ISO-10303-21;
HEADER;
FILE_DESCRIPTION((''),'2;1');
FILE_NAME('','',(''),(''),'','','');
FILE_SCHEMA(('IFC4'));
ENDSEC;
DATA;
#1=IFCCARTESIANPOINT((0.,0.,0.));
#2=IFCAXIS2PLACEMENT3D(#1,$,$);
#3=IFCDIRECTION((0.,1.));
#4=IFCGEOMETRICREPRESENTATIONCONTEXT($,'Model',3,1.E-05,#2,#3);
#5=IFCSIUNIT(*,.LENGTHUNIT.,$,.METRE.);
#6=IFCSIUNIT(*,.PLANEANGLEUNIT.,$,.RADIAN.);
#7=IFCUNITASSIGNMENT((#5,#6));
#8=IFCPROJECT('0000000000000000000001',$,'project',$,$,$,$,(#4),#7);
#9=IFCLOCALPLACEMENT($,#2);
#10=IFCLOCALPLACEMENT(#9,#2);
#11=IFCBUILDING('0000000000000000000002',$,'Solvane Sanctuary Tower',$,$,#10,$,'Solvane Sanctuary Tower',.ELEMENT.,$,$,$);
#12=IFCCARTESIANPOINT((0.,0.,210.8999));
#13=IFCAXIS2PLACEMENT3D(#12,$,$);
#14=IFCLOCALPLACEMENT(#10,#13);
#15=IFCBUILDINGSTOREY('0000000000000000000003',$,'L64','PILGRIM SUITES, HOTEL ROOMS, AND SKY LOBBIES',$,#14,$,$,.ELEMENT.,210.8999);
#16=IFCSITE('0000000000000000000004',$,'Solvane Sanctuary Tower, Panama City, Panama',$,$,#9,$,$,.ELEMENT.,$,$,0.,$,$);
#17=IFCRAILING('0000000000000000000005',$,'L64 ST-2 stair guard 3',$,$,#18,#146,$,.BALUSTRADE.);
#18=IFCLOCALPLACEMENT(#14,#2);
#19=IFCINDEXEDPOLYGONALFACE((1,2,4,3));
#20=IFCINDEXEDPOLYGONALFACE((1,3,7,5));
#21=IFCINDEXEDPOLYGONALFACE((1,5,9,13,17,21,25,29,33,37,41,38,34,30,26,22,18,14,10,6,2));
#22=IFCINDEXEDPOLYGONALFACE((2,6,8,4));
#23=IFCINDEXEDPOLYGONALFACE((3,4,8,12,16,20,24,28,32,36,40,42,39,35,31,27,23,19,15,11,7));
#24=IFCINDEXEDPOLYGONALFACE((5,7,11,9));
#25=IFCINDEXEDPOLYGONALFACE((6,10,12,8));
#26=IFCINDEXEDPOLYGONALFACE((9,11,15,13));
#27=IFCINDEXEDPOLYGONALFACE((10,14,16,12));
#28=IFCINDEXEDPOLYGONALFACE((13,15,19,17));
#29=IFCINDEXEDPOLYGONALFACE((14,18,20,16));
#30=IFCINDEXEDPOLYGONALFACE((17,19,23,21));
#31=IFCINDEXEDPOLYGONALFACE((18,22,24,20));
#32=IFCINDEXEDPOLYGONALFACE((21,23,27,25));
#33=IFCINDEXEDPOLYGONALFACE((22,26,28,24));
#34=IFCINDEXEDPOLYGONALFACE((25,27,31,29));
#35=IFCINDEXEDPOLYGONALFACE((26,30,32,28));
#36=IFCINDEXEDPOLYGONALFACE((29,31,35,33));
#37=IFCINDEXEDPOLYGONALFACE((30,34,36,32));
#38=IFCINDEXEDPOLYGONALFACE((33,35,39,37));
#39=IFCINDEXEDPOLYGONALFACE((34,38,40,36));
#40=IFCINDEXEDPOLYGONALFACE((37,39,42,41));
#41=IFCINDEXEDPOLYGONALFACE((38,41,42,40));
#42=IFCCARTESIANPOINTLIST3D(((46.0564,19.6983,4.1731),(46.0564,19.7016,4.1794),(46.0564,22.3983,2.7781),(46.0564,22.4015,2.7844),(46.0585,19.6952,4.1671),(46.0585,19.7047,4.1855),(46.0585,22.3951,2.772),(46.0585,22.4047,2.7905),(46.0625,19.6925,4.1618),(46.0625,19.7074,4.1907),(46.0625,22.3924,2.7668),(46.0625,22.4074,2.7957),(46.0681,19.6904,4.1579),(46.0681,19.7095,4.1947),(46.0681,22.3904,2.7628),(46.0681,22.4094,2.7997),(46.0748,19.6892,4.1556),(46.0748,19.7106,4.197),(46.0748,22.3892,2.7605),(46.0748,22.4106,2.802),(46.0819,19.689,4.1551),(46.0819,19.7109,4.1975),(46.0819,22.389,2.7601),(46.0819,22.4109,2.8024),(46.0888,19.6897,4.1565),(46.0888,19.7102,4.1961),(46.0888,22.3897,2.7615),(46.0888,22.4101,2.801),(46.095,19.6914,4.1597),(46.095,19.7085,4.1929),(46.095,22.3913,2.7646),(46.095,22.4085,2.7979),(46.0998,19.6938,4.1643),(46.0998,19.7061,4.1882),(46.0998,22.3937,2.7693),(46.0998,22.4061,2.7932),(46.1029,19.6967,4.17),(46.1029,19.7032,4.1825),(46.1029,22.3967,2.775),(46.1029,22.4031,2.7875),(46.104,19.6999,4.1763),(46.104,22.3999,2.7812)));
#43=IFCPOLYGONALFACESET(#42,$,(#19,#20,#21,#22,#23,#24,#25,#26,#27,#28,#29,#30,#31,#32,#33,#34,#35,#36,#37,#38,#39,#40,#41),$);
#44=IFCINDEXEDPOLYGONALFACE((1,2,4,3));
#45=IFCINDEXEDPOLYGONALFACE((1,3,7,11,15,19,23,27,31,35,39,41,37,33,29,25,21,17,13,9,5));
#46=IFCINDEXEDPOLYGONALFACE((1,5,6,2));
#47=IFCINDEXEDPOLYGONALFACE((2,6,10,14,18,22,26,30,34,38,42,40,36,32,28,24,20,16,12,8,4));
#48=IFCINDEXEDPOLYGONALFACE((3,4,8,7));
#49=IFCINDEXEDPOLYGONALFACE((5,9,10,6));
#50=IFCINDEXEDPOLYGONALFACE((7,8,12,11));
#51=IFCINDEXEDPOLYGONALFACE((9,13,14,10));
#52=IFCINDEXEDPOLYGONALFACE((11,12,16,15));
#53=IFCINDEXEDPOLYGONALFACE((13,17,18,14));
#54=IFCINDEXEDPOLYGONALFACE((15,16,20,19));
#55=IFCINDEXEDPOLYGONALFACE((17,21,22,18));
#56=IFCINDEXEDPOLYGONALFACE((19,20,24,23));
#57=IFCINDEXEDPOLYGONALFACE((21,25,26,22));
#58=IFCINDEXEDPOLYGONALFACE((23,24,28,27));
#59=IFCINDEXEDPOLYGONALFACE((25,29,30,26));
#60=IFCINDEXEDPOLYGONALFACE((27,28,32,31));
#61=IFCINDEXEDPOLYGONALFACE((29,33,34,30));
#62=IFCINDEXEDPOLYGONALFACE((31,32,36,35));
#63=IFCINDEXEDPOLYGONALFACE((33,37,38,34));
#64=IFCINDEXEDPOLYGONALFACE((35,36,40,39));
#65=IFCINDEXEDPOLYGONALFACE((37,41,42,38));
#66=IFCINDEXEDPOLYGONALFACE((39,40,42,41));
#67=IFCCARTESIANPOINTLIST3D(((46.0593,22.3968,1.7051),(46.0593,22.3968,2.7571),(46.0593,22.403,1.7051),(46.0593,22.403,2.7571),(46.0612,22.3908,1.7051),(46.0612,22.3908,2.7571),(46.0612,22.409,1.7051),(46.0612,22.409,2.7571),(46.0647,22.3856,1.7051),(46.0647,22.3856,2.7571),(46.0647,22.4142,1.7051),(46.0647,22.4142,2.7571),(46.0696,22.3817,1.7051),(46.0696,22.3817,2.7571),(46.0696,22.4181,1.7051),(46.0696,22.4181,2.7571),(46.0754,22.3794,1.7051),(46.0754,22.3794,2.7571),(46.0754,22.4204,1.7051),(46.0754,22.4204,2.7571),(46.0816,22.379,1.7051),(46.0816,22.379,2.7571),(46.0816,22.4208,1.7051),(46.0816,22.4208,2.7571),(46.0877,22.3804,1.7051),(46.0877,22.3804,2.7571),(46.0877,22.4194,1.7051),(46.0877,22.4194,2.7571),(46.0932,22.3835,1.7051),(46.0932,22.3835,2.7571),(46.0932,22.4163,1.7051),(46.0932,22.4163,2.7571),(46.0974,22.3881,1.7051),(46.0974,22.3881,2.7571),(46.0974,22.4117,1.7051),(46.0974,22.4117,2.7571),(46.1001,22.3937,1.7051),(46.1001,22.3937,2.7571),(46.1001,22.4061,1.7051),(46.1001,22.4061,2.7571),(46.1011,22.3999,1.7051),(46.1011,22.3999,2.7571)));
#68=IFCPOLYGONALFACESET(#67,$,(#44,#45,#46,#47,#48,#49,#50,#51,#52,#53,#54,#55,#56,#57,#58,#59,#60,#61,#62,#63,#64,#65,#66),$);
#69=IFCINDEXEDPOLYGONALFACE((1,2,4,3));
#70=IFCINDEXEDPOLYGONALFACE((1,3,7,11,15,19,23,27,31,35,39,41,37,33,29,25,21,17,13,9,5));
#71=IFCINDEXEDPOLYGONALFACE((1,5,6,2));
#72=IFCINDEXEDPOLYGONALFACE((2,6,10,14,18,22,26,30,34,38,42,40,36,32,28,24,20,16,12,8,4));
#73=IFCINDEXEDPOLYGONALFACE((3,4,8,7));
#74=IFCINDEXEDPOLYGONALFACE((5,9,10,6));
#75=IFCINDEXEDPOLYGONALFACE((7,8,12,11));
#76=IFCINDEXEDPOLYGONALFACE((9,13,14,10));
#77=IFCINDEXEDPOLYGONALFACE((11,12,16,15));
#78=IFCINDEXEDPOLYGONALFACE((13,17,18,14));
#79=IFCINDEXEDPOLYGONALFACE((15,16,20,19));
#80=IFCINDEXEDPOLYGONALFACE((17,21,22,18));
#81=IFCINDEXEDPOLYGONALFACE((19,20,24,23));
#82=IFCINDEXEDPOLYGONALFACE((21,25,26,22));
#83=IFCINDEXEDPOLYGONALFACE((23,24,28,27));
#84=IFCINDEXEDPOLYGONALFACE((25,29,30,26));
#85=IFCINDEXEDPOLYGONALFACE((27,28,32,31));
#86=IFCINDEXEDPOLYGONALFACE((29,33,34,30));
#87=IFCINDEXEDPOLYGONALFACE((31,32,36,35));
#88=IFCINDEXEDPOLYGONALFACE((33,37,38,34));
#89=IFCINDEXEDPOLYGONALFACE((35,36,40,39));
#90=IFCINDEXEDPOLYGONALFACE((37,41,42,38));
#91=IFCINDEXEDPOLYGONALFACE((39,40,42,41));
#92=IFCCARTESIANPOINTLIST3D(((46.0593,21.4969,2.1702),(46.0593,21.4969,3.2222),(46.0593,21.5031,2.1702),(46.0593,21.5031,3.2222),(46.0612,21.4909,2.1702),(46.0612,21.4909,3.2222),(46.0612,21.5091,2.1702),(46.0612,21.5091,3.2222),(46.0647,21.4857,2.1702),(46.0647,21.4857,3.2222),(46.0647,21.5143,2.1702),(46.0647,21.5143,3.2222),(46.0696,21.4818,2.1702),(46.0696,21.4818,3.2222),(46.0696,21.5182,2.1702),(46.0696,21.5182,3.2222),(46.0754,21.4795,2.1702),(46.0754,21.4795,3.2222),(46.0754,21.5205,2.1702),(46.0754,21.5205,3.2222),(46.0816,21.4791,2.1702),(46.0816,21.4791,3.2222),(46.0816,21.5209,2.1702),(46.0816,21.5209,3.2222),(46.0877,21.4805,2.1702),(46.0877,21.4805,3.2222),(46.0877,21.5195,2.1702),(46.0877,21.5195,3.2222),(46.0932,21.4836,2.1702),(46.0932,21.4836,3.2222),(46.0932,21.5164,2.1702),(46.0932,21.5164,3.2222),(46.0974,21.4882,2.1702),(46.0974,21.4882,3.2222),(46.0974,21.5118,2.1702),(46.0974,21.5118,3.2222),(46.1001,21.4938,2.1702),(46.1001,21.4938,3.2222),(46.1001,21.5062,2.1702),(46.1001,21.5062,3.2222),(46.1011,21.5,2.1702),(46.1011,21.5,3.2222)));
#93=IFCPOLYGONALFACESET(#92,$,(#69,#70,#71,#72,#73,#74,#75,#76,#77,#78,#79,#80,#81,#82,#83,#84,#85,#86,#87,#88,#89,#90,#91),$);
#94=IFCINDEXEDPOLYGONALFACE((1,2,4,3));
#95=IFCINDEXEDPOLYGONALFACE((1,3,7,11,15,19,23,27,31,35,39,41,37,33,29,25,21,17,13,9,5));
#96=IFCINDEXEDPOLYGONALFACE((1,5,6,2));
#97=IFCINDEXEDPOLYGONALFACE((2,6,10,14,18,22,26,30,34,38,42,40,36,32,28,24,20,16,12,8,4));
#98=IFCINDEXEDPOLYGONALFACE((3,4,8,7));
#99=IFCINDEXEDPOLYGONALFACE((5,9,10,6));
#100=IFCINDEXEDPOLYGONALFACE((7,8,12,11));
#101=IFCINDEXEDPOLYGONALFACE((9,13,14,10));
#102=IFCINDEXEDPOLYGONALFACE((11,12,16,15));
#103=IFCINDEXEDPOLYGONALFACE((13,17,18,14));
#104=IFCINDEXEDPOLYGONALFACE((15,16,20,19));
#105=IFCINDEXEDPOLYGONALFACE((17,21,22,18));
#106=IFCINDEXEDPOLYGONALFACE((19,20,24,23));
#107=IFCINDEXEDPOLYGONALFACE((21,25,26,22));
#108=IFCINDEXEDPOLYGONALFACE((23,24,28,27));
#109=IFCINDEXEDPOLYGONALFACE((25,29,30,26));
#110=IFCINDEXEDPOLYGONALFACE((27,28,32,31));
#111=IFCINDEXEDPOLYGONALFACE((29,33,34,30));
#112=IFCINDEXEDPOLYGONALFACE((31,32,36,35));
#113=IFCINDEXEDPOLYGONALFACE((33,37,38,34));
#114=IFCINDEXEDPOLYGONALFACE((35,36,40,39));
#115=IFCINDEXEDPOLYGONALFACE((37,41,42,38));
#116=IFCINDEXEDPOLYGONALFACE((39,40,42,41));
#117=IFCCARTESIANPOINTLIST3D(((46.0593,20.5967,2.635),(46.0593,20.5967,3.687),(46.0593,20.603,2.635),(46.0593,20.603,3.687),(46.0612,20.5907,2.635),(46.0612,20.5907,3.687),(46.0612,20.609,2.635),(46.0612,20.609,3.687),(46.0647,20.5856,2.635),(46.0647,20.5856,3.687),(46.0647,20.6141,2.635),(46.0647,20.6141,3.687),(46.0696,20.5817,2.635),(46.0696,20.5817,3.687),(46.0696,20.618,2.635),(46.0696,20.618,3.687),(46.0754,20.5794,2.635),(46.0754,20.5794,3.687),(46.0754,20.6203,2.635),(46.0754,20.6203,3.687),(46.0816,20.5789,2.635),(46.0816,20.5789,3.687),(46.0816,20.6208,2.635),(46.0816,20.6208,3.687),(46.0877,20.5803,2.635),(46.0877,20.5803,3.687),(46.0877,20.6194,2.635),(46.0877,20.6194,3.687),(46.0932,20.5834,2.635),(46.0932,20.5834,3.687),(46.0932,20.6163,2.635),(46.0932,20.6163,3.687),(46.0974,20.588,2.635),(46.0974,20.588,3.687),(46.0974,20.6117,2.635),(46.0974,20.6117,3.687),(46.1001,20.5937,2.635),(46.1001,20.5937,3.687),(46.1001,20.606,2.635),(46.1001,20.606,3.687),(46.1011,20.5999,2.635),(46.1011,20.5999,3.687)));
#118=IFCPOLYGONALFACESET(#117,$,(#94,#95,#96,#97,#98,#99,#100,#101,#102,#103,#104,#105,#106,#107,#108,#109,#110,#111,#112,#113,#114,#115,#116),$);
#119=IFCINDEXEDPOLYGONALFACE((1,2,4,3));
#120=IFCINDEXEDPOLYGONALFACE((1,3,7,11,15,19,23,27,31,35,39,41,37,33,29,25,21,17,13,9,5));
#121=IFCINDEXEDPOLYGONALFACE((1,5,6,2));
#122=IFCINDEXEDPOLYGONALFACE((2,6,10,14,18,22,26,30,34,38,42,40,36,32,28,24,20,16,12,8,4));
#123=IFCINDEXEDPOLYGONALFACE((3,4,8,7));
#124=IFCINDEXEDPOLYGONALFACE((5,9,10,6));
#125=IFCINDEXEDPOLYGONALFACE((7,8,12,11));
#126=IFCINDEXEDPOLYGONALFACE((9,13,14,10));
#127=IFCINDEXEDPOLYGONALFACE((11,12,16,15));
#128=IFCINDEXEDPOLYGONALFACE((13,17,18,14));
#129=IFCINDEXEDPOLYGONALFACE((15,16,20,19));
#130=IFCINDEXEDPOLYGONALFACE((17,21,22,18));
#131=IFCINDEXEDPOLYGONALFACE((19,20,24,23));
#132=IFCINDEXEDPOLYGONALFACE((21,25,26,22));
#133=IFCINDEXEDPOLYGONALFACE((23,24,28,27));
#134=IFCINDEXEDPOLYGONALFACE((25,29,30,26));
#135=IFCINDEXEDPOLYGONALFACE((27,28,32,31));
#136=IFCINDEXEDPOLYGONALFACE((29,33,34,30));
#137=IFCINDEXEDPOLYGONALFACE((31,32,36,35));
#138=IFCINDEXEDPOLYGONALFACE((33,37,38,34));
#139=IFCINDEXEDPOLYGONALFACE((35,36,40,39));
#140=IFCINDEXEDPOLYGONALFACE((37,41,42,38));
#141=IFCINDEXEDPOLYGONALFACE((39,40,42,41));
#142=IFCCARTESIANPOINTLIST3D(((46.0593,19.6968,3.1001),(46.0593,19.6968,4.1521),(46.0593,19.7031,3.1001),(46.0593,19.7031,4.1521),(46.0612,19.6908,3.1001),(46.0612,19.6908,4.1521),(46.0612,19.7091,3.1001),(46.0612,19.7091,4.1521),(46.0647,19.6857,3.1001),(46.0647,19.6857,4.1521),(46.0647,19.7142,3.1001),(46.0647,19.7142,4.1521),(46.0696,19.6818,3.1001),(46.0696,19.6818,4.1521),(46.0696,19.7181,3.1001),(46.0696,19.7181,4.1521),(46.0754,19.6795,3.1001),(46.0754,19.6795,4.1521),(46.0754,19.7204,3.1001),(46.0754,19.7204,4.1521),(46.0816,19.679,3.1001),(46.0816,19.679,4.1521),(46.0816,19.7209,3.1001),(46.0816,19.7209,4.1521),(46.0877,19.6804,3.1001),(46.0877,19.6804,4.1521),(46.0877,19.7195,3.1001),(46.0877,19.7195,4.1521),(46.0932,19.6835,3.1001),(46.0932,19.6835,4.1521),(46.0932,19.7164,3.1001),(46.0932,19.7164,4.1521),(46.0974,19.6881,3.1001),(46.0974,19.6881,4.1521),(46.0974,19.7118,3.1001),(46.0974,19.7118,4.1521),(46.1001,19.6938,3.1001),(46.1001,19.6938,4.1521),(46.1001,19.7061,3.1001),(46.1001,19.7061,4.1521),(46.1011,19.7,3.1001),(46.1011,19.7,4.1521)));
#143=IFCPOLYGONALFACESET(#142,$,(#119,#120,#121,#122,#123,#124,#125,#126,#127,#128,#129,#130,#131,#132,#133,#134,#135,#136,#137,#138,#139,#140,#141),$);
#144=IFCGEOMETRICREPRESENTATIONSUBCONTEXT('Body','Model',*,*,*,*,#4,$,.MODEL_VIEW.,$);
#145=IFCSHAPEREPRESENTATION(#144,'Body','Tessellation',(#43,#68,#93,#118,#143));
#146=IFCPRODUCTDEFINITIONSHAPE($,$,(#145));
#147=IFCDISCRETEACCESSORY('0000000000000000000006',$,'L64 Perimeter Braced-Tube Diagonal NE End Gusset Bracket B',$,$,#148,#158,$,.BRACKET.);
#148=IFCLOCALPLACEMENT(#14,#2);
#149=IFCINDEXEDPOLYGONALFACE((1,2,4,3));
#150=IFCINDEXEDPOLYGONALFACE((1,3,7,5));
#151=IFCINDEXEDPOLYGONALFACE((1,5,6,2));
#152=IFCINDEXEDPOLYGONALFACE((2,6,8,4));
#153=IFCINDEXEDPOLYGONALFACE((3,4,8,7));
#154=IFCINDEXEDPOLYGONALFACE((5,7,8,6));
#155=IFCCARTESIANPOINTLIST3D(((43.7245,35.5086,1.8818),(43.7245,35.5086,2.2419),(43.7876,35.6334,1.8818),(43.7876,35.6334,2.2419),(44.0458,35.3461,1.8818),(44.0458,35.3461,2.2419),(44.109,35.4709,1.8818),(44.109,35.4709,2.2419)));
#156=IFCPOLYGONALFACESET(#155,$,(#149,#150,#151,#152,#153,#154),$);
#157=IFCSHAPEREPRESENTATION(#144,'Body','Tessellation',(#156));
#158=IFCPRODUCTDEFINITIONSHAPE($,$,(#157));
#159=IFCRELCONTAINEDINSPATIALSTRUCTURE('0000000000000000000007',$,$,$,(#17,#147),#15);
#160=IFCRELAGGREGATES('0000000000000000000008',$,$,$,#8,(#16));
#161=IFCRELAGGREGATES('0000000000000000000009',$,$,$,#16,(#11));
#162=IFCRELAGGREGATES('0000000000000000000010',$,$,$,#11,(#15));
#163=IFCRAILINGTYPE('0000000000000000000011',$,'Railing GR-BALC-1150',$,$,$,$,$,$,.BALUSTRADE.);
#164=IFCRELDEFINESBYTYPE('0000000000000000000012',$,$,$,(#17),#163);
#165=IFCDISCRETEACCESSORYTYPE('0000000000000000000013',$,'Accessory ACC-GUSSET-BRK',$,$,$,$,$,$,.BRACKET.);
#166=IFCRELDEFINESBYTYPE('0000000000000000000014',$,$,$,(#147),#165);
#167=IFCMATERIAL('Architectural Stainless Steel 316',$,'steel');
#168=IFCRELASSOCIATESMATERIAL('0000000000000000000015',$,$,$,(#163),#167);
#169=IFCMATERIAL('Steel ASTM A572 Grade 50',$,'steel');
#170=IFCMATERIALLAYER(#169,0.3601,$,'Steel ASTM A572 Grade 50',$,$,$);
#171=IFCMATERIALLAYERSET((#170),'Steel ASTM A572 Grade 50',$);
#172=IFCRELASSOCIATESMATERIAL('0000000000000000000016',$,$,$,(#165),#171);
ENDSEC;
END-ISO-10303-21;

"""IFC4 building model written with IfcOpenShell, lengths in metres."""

from ifc_helpers import new_model, si_unit, direction, frame, origin, origin_2d, place, context, subcontext, project, spatial, rectangle, circle, extrude, material, layer, layer_set, type_object, element, save


model = new_model("IFC4")

# Units and contexts
model_context = context("Model", 3, precision=1e-05, world=origin(), true_north=direction((0.0, 1.0)))
body_context = subcontext(model_context, "Body", "Model", "MODEL_VIEW")
ifc_project = project(units=[si_unit("LENGTHUNIT", "METRE"), si_unit("PLANEANGLEUNIT", "RADIAN")], contexts=[model_context])

# Site, building, storey
site_placement = place(None, origin())
site = spatial("IfcSite", under=ifc_project, at=site_placement, Name="Solvane Sanctuary Tower, Panama City, Panama", CompositionType="ELEMENT", RefElevation=0.0)
building_placement = place(site_placement, origin())
building = spatial("IfcBuilding", under=site, at=building_placement, Name="Solvane Sanctuary Tower", LongName="Solvane Sanctuary Tower", CompositionType="ELEMENT")
storey_placement = place(building_placement, frame((0.0, 0.0, 210.8999)))
storey = spatial("IfcBuildingStorey", under=building, at=storey_placement, Name="L64", Description="PILGRIM SUITES, HOTEL ROOMS, AND SKY LOBBIES", CompositionType="ELEMENT", Elevation=210.8999)

# Shared definitions
ifc_material_1 = material(Name="Architectural Stainless Steel 316", Category="steel")

# Railing
railing_type = type_object("IfcRailingType", Name="Railing GR-BALC-1150", PredefinedType="BALUSTRADE", material=ifc_material_1)
railing_1_placement = place(storey_placement, frame((46.0801, 22.3999, 1.7051)))
element("IfcRailing", 1, at=railing_1_placement, inside=storey, type_object=railing_type, Name="L64 ST-2 stair guard 3", PredefinedType="BALUSTRADE", context=body_context, shape_type="SweptSolid", body=[
    extrude(circle(Radius=0.0239, at=origin_2d()), frame((0.0, 0.0, 1.0762), z_axis=(0.0, -0.88842, 0.459032), x_axis=(1.0, 0.0, 0.0)), (0.0, 0.0, 1.0), 3.0391),
    extrude(circle(Radius=0.021, at=origin_2d()), origin(), (0.0, 0.0, 1.0), 1.052),
    extrude(circle(Radius=0.021, at=origin_2d()), frame((0.0, -0.8999, 0.4651)), (0.0, 0.0, 1.0), 1.052),
    extrude(circle(Radius=0.021, at=origin_2d()), frame((0.0, -1.8, 0.9299)), (0.0, 0.0, 1.0), 1.052),
    extrude(circle(Radius=0.021, at=origin_2d()), frame((0.0, -2.7, 1.395)), (0.0, 0.0, 1.0), 1.052),
])

# Discrete accessory
ifc_material_2 = material(Name="Steel ASTM A572 Grade 50", Category="steel")
ifc_layer_1 = layer(ifc_material_2, 0.3601, Name="Steel ASTM A572 Grade 50")
ifc_layer_set_1 = layer_set([ifc_layer_1], Name="Steel ASTM A572 Grade 50")
discrete_accessory_type = type_object("IfcDiscreteAccessoryType", Name="Accessory ACC-GUSSET-BRK", PredefinedType="BRACKET", material=ifc_layer_set_1)
discrete_accessory_placement = place(storey_placement, frame((43.9167, 35.4897, 1.8818), z_axis=(0.0, 0.0, 1.0), x_axis=(-0.89235, 0.451345, 0.0)))
element("IfcDiscreteAccessory", 2, at=discrete_accessory_placement, inside=storey, type_object=discrete_accessory_type, Name="L64 Perimeter Braced-Tube Diagonal NE End Gusset Bracket B", PredefinedType="BRACKET", context=body_context, shape_type="SweptSolid", body=[
    extrude(rectangle(XDim=0.3601, YDim=0.1399, at=origin_2d()), origin(), (0.0, 0.0, 1.0), 0.3601),
])

save(model, "model.ifc")
